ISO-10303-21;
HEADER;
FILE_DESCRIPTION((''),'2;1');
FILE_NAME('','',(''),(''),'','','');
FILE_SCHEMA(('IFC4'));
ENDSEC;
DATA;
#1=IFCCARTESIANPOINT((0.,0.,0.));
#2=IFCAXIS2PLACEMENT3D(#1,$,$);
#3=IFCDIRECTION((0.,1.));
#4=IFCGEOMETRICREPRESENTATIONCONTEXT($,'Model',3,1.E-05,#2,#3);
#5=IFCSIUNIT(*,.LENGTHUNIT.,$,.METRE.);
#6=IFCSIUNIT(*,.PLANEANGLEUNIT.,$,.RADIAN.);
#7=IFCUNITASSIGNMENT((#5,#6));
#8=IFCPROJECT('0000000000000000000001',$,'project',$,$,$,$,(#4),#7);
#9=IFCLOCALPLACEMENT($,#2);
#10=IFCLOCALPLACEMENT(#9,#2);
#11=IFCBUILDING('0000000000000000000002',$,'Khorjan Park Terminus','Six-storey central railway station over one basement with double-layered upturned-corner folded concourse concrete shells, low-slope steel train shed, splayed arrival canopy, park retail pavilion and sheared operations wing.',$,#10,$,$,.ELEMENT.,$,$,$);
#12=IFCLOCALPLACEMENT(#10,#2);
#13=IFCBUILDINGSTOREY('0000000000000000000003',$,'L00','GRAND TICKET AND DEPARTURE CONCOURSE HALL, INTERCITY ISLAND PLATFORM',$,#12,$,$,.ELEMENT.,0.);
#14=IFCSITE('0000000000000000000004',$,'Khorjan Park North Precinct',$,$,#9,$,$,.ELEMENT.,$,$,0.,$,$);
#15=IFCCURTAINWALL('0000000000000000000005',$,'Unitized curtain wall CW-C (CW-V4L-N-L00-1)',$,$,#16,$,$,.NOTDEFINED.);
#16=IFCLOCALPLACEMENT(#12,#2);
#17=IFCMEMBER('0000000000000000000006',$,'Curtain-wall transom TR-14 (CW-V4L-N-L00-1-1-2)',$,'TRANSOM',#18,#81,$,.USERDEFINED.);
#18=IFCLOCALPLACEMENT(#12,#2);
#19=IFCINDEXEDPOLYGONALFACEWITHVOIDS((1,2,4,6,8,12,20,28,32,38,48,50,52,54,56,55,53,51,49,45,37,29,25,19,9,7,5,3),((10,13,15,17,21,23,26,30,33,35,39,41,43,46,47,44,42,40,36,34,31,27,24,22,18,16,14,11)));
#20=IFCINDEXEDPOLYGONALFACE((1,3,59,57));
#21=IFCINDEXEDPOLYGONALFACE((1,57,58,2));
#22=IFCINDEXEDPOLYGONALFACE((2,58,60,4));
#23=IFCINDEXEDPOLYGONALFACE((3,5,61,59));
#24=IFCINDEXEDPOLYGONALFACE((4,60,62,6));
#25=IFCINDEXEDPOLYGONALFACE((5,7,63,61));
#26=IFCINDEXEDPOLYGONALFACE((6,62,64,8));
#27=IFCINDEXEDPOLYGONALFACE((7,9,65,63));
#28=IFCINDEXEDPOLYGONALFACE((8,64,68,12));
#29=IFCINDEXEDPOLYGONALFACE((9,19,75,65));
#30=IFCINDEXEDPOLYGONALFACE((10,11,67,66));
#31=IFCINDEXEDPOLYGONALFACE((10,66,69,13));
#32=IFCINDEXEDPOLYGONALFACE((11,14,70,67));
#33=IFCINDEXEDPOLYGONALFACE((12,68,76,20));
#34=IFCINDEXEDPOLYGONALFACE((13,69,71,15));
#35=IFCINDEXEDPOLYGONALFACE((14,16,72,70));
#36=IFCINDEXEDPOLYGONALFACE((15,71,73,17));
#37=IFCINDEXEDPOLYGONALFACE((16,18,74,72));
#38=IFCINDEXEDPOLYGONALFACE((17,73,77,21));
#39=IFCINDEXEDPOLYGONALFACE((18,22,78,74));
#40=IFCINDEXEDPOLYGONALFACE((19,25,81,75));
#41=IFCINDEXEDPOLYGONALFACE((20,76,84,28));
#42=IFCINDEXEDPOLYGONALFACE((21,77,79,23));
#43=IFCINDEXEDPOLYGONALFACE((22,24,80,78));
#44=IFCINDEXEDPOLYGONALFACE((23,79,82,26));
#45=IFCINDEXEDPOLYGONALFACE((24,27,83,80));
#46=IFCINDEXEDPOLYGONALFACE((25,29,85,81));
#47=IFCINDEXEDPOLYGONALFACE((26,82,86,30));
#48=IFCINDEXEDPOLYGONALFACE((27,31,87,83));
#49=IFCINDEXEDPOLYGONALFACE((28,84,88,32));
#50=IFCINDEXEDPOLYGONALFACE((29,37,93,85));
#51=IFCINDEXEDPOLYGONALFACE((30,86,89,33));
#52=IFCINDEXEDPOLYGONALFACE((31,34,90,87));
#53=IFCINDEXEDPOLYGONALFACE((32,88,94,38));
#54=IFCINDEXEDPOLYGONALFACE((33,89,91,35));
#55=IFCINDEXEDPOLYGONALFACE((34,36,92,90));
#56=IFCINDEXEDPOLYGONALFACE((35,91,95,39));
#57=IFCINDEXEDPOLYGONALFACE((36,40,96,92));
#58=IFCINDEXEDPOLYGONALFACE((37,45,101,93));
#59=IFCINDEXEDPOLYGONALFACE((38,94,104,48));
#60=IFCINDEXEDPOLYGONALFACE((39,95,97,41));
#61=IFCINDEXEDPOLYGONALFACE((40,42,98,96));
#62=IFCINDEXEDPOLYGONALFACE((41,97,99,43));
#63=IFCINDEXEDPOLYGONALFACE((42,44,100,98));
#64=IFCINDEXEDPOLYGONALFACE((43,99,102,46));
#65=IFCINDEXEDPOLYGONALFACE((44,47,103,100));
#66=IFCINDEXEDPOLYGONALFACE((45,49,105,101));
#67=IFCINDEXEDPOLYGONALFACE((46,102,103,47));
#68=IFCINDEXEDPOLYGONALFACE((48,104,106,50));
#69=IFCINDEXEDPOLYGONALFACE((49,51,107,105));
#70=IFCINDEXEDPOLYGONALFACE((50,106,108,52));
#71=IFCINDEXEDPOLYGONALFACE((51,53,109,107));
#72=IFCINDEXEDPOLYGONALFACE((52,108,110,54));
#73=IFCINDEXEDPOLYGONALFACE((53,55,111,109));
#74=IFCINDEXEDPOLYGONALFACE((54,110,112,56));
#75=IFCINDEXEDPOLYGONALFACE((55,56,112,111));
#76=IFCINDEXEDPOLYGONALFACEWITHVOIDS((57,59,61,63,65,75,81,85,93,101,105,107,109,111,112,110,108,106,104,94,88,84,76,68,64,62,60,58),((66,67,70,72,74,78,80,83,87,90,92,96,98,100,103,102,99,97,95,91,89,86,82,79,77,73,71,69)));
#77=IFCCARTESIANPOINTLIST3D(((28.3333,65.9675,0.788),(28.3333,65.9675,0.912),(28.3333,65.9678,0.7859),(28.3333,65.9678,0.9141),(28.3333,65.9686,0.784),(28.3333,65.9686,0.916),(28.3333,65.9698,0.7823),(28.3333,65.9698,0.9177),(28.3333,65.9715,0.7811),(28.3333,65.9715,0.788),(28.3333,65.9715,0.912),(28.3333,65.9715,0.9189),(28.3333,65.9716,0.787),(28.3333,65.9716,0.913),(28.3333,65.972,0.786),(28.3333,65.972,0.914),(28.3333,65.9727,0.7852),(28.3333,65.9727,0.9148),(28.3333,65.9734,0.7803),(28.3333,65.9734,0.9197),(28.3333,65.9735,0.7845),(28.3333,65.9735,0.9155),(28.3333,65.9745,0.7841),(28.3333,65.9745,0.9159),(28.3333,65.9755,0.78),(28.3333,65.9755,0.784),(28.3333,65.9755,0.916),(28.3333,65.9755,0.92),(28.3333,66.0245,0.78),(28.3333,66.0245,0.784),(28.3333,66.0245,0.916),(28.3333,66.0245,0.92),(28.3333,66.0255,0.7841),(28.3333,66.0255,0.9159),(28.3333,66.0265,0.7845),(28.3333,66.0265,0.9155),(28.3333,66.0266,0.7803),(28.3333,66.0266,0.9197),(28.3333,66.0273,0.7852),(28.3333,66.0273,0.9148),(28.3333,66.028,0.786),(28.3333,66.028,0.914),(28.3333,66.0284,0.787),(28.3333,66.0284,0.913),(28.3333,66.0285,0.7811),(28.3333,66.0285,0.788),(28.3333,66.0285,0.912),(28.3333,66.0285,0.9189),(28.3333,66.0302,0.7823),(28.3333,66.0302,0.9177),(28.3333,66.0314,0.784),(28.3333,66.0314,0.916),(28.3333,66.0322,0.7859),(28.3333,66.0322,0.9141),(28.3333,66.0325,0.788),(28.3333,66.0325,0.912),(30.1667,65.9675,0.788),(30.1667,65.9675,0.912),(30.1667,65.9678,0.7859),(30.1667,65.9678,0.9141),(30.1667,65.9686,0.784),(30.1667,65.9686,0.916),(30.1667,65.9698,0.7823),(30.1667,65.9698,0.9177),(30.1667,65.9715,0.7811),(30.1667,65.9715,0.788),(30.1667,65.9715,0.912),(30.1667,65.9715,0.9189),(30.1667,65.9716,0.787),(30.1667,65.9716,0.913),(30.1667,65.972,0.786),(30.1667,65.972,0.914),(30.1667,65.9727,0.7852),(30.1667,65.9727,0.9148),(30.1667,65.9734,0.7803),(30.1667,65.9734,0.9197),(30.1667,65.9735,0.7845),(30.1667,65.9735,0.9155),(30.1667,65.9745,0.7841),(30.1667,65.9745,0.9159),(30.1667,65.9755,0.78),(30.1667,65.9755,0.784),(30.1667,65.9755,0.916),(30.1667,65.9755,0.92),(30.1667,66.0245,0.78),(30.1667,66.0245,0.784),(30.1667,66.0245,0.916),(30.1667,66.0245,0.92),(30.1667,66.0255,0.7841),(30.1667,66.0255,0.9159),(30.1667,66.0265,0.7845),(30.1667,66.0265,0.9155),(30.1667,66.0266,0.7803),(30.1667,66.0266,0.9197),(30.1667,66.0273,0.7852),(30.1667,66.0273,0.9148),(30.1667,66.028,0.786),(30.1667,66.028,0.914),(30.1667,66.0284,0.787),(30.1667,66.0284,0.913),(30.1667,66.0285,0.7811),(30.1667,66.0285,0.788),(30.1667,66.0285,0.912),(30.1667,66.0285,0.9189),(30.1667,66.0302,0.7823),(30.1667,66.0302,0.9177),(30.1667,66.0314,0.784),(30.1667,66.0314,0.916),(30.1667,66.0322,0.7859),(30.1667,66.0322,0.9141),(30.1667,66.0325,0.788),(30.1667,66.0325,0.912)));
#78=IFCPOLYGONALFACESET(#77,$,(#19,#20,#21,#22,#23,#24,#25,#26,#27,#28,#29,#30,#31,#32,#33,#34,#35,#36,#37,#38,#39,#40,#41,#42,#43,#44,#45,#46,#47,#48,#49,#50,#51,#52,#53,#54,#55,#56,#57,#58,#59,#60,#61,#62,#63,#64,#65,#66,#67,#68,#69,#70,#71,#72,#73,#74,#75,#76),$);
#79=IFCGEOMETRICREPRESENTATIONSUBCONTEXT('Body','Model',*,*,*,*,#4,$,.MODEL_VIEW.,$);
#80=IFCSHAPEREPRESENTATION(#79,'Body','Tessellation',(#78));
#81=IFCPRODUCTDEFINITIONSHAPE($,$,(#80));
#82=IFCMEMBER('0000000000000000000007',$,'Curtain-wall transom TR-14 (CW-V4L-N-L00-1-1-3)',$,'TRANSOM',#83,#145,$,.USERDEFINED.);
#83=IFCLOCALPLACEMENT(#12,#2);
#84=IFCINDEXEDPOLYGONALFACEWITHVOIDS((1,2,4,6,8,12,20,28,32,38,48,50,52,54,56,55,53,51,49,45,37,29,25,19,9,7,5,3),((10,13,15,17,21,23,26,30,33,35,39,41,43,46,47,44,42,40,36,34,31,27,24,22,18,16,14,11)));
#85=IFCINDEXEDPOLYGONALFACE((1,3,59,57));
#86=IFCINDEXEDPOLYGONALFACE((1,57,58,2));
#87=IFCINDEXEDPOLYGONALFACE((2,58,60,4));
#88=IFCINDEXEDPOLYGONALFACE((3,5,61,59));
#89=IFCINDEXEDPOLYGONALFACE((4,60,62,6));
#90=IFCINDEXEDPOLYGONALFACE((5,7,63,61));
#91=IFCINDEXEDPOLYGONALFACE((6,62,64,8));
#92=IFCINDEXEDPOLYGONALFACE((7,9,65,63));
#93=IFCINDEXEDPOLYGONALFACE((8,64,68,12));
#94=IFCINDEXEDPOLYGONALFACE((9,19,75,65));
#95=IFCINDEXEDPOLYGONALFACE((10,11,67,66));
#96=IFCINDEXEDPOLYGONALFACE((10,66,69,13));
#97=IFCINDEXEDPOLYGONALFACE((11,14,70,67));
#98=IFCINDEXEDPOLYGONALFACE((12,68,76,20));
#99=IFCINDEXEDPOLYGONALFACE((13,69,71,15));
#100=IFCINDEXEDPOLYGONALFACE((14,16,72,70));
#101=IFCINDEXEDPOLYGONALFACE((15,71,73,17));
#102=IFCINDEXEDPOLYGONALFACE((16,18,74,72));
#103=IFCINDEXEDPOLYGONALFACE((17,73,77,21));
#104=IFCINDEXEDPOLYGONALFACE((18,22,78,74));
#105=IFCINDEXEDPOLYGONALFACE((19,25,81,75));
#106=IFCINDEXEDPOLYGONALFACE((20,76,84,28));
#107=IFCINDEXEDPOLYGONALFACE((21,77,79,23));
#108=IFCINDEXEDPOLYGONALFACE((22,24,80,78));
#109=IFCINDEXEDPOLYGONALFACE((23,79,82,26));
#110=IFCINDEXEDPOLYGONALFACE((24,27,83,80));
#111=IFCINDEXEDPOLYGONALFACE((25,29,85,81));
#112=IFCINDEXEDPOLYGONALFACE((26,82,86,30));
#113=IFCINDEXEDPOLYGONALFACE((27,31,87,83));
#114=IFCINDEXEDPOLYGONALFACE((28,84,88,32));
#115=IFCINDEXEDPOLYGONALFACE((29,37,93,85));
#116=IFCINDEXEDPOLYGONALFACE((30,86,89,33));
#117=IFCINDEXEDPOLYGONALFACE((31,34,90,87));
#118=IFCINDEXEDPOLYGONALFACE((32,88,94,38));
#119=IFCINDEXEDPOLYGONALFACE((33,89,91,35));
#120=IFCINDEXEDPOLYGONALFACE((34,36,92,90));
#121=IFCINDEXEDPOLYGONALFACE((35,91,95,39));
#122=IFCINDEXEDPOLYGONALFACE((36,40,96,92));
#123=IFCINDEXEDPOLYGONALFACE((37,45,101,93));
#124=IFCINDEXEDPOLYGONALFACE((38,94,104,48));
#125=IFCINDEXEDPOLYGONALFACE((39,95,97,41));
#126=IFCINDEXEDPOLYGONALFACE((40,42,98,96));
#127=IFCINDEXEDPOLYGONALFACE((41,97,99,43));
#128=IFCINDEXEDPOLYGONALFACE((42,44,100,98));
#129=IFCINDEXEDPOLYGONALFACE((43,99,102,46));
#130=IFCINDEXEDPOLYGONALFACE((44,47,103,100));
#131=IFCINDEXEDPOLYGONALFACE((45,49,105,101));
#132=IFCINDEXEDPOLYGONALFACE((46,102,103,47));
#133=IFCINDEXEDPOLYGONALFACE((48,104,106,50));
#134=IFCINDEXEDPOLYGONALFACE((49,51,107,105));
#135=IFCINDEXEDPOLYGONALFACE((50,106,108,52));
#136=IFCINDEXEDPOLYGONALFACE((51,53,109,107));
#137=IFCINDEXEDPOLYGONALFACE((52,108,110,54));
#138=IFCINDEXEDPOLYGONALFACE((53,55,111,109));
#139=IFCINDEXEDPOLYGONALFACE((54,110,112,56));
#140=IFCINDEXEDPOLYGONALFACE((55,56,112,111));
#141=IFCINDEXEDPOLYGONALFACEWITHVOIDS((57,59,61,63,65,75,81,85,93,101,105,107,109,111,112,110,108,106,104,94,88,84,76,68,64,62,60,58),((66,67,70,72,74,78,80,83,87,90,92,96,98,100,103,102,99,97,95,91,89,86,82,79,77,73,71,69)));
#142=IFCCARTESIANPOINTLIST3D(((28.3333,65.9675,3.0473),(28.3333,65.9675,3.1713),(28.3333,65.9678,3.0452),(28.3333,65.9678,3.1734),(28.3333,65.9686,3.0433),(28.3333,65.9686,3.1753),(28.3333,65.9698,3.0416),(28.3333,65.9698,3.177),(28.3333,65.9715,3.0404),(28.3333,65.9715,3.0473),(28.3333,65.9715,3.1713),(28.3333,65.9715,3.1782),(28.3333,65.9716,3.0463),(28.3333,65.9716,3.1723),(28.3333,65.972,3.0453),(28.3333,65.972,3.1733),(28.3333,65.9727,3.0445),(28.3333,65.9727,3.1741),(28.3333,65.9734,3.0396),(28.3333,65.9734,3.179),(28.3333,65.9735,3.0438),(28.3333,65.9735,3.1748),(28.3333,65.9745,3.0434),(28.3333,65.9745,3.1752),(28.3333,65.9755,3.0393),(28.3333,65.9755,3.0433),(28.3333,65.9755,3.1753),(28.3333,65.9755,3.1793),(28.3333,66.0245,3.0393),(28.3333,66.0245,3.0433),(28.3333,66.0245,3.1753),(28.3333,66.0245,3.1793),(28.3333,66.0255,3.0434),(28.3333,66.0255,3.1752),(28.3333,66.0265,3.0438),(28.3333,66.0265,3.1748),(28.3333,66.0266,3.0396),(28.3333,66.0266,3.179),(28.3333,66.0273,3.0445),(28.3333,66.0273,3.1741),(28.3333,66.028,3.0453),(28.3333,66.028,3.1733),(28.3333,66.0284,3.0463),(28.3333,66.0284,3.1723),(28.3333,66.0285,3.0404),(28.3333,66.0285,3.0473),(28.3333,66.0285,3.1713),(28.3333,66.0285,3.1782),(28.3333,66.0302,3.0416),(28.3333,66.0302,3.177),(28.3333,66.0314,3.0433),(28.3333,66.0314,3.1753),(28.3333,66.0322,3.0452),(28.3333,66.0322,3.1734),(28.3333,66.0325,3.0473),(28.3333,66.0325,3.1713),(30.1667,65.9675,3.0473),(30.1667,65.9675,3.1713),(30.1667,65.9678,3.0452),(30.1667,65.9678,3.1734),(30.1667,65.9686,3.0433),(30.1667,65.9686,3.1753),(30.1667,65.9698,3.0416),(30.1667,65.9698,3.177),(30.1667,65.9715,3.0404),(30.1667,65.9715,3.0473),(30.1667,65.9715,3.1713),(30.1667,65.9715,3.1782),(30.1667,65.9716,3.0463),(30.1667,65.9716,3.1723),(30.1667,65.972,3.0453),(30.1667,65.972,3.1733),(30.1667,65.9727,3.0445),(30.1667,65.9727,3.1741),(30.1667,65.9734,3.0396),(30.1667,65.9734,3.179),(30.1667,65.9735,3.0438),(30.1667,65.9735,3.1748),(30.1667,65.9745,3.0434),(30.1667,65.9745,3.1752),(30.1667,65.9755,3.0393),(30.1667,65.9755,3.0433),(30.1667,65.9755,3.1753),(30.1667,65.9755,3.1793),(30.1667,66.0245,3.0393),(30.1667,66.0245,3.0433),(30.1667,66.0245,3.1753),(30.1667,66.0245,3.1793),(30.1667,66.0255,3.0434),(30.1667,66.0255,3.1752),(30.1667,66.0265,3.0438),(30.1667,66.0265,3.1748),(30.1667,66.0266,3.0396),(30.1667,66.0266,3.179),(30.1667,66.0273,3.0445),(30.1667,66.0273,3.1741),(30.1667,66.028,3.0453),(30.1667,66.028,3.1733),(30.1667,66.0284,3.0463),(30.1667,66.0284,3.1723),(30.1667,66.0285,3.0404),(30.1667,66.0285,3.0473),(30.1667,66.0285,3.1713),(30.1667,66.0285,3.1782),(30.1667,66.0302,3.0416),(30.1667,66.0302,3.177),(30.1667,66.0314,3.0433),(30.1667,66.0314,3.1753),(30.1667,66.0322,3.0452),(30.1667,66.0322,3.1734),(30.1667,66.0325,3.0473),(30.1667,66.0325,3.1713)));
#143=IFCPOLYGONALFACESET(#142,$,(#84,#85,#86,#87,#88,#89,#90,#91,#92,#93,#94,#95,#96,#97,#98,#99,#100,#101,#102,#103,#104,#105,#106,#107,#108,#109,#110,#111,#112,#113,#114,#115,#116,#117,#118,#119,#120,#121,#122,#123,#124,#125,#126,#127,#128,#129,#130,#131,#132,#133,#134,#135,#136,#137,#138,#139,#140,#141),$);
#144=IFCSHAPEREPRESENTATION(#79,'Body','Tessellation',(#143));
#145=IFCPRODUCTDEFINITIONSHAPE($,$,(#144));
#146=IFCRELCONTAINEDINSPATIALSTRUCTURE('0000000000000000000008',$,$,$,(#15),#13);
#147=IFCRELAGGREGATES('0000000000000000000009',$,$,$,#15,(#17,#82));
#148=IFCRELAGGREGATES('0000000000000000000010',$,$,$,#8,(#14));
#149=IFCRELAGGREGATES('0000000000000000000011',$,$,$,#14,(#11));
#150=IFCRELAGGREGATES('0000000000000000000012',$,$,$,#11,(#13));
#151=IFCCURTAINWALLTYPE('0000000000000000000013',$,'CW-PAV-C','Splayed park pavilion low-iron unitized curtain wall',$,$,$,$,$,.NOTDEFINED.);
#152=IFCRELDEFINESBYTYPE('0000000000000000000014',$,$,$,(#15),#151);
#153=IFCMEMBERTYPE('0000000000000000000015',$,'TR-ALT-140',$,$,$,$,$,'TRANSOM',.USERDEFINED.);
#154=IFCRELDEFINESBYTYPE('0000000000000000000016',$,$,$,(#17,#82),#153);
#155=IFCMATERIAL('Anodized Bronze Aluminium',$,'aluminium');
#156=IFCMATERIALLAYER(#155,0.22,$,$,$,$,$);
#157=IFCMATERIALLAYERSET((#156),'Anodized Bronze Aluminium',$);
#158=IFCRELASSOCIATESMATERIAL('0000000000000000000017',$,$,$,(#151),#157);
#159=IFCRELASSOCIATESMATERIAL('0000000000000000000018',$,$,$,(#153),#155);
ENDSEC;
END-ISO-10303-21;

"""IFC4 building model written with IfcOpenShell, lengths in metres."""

from ifc_helpers import new_model, si_unit, direction, frame, origin, origin_2d, place, context, subcontext, project, spatial, hollow_rectangle, extrude, material, layer, layer_set, material_profile, profile_set, type_object, element, aggregate, save


model = new_model("IFC4")

# Units and contexts
model_context = context("Model", 3, precision=1e-05, world=origin(), true_north=direction((0.0, 1.0)))
body_context = subcontext(model_context, "Body", "Model", "MODEL_VIEW")
ifc_project = project(units=[si_unit("LENGTHUNIT", "METRE"), si_unit("PLANEANGLEUNIT", "RADIAN")], contexts=[model_context])

# Site, building, storey
site_placement = place(None, origin())
site = spatial("IfcSite", under=ifc_project, at=site_placement, Name="Khorjan Park North Precinct", CompositionType="ELEMENT", RefElevation=0.0)
building_placement = place(site_placement, origin())
building = spatial("IfcBuilding", under=site, at=building_placement, Name="Khorjan Park Terminus", Description="Six-storey central railway station over one basement with double-layered upturned-corner folded concourse concrete shells, low-slope steel train shed, splayed arrival canopy, park retail pavilion and sheared operations wing.", CompositionType="ELEMENT")
storey_placement = place(building_placement, origin())
storey = spatial("IfcBuildingStorey", under=building, at=storey_placement, Name="L00", Description="GRAND TICKET AND DEPARTURE CONCOURSE HALL, INTERCITY ISLAND PLATFORM", CompositionType="ELEMENT", Elevation=0.0)

# Curtain wall
ifc_material_1 = material(Name="Anodized Bronze Aluminium", Category="aluminium")
ifc_layer_1 = layer(ifc_material_1, 0.22)
ifc_layer_set_1 = layer_set([ifc_layer_1], Name="Anodized Bronze Aluminium")
curtain_wall_type = type_object("IfcCurtainWallType", Name="CW-PAV-C", Description="Splayed park pavilion low-iron unitized curtain wall", PredefinedType="NOTDEFINED", material=ifc_layer_set_1)
curtain_wall_1_placement = place(storey_placement, origin())
curtain_wall_1 = element("IfcCurtainWall", 1, at=curtain_wall_1_placement, inside=storey, type_object=curtain_wall_type, Name="Unitized curtain wall CW-C (CW-V4L-N-L00-1)", PredefinedType="NOTDEFINED")

# Members
ifc_material_profile_1 = material_profile(ifc_material_1, hollow_rectangle(XDim=0.065, YDim=0.14, WallThickness=0.004, InnerFilletRadius=0.004, OuterFilletRadius=0.008, at=origin_2d()), Name="ALT 65x140x4")
ifc_profile_set_1 = profile_set([ifc_material_profile_1], Name="Anodized Bronze Aluminium")
member_type_1 = type_object("IfcMemberType", Name="TR-ALT-140", ElementType="TRANSOM", PredefinedType="USERDEFINED", material=ifc_profile_set_1)
member_1_placement = place(storey_placement, frame((30.1667, 66.0, 0.85), z_axis=(-1.0, 0.0, 0.0), x_axis=(0.0, -1.0, 0.0)))
member_1 = element("IfcMember", 2, at=member_1_placement, type_object=member_type_1, Name="Curtain-wall transom TR-14 (CW-V4L-N-L00-1-1-2)", ObjectType="TRANSOM", PredefinedType="USERDEFINED", context=body_context, shape_type="SweptSolid", body=[
    extrude(hollow_rectangle(XDim=0.065, YDim=0.14, WallThickness=0.004, InnerFilletRadius=0.004, OuterFilletRadius=0.008, at=origin_2d()), origin(), (0.0, 0.0, 1.0), 1.8334),
])
member_2_placement = place(storey_placement, frame((30.1667, 66.0, 3.1093), z_axis=(-1.0, 0.0, 0.0), x_axis=(0.0, -1.0, 0.0)))
member_2 = element("IfcMember", 3, at=member_2_placement, type_object=member_type_1, Name="Curtain-wall transom TR-14 (CW-V4L-N-L00-1-1-3)", ObjectType="TRANSOM", PredefinedType="USERDEFINED", context=body_context, shape_type="SweptSolid", body=[
    extrude(hollow_rectangle(XDim=0.065, YDim=0.14, WallThickness=0.004, InnerFilletRadius=0.004, OuterFilletRadius=0.008, at=origin_2d()), origin(), (0.0, 0.0, 1.0), 1.8334),
])

aggregate(curtain_wall_1, [member_1, member_2])

save(model, "model.ifc")
